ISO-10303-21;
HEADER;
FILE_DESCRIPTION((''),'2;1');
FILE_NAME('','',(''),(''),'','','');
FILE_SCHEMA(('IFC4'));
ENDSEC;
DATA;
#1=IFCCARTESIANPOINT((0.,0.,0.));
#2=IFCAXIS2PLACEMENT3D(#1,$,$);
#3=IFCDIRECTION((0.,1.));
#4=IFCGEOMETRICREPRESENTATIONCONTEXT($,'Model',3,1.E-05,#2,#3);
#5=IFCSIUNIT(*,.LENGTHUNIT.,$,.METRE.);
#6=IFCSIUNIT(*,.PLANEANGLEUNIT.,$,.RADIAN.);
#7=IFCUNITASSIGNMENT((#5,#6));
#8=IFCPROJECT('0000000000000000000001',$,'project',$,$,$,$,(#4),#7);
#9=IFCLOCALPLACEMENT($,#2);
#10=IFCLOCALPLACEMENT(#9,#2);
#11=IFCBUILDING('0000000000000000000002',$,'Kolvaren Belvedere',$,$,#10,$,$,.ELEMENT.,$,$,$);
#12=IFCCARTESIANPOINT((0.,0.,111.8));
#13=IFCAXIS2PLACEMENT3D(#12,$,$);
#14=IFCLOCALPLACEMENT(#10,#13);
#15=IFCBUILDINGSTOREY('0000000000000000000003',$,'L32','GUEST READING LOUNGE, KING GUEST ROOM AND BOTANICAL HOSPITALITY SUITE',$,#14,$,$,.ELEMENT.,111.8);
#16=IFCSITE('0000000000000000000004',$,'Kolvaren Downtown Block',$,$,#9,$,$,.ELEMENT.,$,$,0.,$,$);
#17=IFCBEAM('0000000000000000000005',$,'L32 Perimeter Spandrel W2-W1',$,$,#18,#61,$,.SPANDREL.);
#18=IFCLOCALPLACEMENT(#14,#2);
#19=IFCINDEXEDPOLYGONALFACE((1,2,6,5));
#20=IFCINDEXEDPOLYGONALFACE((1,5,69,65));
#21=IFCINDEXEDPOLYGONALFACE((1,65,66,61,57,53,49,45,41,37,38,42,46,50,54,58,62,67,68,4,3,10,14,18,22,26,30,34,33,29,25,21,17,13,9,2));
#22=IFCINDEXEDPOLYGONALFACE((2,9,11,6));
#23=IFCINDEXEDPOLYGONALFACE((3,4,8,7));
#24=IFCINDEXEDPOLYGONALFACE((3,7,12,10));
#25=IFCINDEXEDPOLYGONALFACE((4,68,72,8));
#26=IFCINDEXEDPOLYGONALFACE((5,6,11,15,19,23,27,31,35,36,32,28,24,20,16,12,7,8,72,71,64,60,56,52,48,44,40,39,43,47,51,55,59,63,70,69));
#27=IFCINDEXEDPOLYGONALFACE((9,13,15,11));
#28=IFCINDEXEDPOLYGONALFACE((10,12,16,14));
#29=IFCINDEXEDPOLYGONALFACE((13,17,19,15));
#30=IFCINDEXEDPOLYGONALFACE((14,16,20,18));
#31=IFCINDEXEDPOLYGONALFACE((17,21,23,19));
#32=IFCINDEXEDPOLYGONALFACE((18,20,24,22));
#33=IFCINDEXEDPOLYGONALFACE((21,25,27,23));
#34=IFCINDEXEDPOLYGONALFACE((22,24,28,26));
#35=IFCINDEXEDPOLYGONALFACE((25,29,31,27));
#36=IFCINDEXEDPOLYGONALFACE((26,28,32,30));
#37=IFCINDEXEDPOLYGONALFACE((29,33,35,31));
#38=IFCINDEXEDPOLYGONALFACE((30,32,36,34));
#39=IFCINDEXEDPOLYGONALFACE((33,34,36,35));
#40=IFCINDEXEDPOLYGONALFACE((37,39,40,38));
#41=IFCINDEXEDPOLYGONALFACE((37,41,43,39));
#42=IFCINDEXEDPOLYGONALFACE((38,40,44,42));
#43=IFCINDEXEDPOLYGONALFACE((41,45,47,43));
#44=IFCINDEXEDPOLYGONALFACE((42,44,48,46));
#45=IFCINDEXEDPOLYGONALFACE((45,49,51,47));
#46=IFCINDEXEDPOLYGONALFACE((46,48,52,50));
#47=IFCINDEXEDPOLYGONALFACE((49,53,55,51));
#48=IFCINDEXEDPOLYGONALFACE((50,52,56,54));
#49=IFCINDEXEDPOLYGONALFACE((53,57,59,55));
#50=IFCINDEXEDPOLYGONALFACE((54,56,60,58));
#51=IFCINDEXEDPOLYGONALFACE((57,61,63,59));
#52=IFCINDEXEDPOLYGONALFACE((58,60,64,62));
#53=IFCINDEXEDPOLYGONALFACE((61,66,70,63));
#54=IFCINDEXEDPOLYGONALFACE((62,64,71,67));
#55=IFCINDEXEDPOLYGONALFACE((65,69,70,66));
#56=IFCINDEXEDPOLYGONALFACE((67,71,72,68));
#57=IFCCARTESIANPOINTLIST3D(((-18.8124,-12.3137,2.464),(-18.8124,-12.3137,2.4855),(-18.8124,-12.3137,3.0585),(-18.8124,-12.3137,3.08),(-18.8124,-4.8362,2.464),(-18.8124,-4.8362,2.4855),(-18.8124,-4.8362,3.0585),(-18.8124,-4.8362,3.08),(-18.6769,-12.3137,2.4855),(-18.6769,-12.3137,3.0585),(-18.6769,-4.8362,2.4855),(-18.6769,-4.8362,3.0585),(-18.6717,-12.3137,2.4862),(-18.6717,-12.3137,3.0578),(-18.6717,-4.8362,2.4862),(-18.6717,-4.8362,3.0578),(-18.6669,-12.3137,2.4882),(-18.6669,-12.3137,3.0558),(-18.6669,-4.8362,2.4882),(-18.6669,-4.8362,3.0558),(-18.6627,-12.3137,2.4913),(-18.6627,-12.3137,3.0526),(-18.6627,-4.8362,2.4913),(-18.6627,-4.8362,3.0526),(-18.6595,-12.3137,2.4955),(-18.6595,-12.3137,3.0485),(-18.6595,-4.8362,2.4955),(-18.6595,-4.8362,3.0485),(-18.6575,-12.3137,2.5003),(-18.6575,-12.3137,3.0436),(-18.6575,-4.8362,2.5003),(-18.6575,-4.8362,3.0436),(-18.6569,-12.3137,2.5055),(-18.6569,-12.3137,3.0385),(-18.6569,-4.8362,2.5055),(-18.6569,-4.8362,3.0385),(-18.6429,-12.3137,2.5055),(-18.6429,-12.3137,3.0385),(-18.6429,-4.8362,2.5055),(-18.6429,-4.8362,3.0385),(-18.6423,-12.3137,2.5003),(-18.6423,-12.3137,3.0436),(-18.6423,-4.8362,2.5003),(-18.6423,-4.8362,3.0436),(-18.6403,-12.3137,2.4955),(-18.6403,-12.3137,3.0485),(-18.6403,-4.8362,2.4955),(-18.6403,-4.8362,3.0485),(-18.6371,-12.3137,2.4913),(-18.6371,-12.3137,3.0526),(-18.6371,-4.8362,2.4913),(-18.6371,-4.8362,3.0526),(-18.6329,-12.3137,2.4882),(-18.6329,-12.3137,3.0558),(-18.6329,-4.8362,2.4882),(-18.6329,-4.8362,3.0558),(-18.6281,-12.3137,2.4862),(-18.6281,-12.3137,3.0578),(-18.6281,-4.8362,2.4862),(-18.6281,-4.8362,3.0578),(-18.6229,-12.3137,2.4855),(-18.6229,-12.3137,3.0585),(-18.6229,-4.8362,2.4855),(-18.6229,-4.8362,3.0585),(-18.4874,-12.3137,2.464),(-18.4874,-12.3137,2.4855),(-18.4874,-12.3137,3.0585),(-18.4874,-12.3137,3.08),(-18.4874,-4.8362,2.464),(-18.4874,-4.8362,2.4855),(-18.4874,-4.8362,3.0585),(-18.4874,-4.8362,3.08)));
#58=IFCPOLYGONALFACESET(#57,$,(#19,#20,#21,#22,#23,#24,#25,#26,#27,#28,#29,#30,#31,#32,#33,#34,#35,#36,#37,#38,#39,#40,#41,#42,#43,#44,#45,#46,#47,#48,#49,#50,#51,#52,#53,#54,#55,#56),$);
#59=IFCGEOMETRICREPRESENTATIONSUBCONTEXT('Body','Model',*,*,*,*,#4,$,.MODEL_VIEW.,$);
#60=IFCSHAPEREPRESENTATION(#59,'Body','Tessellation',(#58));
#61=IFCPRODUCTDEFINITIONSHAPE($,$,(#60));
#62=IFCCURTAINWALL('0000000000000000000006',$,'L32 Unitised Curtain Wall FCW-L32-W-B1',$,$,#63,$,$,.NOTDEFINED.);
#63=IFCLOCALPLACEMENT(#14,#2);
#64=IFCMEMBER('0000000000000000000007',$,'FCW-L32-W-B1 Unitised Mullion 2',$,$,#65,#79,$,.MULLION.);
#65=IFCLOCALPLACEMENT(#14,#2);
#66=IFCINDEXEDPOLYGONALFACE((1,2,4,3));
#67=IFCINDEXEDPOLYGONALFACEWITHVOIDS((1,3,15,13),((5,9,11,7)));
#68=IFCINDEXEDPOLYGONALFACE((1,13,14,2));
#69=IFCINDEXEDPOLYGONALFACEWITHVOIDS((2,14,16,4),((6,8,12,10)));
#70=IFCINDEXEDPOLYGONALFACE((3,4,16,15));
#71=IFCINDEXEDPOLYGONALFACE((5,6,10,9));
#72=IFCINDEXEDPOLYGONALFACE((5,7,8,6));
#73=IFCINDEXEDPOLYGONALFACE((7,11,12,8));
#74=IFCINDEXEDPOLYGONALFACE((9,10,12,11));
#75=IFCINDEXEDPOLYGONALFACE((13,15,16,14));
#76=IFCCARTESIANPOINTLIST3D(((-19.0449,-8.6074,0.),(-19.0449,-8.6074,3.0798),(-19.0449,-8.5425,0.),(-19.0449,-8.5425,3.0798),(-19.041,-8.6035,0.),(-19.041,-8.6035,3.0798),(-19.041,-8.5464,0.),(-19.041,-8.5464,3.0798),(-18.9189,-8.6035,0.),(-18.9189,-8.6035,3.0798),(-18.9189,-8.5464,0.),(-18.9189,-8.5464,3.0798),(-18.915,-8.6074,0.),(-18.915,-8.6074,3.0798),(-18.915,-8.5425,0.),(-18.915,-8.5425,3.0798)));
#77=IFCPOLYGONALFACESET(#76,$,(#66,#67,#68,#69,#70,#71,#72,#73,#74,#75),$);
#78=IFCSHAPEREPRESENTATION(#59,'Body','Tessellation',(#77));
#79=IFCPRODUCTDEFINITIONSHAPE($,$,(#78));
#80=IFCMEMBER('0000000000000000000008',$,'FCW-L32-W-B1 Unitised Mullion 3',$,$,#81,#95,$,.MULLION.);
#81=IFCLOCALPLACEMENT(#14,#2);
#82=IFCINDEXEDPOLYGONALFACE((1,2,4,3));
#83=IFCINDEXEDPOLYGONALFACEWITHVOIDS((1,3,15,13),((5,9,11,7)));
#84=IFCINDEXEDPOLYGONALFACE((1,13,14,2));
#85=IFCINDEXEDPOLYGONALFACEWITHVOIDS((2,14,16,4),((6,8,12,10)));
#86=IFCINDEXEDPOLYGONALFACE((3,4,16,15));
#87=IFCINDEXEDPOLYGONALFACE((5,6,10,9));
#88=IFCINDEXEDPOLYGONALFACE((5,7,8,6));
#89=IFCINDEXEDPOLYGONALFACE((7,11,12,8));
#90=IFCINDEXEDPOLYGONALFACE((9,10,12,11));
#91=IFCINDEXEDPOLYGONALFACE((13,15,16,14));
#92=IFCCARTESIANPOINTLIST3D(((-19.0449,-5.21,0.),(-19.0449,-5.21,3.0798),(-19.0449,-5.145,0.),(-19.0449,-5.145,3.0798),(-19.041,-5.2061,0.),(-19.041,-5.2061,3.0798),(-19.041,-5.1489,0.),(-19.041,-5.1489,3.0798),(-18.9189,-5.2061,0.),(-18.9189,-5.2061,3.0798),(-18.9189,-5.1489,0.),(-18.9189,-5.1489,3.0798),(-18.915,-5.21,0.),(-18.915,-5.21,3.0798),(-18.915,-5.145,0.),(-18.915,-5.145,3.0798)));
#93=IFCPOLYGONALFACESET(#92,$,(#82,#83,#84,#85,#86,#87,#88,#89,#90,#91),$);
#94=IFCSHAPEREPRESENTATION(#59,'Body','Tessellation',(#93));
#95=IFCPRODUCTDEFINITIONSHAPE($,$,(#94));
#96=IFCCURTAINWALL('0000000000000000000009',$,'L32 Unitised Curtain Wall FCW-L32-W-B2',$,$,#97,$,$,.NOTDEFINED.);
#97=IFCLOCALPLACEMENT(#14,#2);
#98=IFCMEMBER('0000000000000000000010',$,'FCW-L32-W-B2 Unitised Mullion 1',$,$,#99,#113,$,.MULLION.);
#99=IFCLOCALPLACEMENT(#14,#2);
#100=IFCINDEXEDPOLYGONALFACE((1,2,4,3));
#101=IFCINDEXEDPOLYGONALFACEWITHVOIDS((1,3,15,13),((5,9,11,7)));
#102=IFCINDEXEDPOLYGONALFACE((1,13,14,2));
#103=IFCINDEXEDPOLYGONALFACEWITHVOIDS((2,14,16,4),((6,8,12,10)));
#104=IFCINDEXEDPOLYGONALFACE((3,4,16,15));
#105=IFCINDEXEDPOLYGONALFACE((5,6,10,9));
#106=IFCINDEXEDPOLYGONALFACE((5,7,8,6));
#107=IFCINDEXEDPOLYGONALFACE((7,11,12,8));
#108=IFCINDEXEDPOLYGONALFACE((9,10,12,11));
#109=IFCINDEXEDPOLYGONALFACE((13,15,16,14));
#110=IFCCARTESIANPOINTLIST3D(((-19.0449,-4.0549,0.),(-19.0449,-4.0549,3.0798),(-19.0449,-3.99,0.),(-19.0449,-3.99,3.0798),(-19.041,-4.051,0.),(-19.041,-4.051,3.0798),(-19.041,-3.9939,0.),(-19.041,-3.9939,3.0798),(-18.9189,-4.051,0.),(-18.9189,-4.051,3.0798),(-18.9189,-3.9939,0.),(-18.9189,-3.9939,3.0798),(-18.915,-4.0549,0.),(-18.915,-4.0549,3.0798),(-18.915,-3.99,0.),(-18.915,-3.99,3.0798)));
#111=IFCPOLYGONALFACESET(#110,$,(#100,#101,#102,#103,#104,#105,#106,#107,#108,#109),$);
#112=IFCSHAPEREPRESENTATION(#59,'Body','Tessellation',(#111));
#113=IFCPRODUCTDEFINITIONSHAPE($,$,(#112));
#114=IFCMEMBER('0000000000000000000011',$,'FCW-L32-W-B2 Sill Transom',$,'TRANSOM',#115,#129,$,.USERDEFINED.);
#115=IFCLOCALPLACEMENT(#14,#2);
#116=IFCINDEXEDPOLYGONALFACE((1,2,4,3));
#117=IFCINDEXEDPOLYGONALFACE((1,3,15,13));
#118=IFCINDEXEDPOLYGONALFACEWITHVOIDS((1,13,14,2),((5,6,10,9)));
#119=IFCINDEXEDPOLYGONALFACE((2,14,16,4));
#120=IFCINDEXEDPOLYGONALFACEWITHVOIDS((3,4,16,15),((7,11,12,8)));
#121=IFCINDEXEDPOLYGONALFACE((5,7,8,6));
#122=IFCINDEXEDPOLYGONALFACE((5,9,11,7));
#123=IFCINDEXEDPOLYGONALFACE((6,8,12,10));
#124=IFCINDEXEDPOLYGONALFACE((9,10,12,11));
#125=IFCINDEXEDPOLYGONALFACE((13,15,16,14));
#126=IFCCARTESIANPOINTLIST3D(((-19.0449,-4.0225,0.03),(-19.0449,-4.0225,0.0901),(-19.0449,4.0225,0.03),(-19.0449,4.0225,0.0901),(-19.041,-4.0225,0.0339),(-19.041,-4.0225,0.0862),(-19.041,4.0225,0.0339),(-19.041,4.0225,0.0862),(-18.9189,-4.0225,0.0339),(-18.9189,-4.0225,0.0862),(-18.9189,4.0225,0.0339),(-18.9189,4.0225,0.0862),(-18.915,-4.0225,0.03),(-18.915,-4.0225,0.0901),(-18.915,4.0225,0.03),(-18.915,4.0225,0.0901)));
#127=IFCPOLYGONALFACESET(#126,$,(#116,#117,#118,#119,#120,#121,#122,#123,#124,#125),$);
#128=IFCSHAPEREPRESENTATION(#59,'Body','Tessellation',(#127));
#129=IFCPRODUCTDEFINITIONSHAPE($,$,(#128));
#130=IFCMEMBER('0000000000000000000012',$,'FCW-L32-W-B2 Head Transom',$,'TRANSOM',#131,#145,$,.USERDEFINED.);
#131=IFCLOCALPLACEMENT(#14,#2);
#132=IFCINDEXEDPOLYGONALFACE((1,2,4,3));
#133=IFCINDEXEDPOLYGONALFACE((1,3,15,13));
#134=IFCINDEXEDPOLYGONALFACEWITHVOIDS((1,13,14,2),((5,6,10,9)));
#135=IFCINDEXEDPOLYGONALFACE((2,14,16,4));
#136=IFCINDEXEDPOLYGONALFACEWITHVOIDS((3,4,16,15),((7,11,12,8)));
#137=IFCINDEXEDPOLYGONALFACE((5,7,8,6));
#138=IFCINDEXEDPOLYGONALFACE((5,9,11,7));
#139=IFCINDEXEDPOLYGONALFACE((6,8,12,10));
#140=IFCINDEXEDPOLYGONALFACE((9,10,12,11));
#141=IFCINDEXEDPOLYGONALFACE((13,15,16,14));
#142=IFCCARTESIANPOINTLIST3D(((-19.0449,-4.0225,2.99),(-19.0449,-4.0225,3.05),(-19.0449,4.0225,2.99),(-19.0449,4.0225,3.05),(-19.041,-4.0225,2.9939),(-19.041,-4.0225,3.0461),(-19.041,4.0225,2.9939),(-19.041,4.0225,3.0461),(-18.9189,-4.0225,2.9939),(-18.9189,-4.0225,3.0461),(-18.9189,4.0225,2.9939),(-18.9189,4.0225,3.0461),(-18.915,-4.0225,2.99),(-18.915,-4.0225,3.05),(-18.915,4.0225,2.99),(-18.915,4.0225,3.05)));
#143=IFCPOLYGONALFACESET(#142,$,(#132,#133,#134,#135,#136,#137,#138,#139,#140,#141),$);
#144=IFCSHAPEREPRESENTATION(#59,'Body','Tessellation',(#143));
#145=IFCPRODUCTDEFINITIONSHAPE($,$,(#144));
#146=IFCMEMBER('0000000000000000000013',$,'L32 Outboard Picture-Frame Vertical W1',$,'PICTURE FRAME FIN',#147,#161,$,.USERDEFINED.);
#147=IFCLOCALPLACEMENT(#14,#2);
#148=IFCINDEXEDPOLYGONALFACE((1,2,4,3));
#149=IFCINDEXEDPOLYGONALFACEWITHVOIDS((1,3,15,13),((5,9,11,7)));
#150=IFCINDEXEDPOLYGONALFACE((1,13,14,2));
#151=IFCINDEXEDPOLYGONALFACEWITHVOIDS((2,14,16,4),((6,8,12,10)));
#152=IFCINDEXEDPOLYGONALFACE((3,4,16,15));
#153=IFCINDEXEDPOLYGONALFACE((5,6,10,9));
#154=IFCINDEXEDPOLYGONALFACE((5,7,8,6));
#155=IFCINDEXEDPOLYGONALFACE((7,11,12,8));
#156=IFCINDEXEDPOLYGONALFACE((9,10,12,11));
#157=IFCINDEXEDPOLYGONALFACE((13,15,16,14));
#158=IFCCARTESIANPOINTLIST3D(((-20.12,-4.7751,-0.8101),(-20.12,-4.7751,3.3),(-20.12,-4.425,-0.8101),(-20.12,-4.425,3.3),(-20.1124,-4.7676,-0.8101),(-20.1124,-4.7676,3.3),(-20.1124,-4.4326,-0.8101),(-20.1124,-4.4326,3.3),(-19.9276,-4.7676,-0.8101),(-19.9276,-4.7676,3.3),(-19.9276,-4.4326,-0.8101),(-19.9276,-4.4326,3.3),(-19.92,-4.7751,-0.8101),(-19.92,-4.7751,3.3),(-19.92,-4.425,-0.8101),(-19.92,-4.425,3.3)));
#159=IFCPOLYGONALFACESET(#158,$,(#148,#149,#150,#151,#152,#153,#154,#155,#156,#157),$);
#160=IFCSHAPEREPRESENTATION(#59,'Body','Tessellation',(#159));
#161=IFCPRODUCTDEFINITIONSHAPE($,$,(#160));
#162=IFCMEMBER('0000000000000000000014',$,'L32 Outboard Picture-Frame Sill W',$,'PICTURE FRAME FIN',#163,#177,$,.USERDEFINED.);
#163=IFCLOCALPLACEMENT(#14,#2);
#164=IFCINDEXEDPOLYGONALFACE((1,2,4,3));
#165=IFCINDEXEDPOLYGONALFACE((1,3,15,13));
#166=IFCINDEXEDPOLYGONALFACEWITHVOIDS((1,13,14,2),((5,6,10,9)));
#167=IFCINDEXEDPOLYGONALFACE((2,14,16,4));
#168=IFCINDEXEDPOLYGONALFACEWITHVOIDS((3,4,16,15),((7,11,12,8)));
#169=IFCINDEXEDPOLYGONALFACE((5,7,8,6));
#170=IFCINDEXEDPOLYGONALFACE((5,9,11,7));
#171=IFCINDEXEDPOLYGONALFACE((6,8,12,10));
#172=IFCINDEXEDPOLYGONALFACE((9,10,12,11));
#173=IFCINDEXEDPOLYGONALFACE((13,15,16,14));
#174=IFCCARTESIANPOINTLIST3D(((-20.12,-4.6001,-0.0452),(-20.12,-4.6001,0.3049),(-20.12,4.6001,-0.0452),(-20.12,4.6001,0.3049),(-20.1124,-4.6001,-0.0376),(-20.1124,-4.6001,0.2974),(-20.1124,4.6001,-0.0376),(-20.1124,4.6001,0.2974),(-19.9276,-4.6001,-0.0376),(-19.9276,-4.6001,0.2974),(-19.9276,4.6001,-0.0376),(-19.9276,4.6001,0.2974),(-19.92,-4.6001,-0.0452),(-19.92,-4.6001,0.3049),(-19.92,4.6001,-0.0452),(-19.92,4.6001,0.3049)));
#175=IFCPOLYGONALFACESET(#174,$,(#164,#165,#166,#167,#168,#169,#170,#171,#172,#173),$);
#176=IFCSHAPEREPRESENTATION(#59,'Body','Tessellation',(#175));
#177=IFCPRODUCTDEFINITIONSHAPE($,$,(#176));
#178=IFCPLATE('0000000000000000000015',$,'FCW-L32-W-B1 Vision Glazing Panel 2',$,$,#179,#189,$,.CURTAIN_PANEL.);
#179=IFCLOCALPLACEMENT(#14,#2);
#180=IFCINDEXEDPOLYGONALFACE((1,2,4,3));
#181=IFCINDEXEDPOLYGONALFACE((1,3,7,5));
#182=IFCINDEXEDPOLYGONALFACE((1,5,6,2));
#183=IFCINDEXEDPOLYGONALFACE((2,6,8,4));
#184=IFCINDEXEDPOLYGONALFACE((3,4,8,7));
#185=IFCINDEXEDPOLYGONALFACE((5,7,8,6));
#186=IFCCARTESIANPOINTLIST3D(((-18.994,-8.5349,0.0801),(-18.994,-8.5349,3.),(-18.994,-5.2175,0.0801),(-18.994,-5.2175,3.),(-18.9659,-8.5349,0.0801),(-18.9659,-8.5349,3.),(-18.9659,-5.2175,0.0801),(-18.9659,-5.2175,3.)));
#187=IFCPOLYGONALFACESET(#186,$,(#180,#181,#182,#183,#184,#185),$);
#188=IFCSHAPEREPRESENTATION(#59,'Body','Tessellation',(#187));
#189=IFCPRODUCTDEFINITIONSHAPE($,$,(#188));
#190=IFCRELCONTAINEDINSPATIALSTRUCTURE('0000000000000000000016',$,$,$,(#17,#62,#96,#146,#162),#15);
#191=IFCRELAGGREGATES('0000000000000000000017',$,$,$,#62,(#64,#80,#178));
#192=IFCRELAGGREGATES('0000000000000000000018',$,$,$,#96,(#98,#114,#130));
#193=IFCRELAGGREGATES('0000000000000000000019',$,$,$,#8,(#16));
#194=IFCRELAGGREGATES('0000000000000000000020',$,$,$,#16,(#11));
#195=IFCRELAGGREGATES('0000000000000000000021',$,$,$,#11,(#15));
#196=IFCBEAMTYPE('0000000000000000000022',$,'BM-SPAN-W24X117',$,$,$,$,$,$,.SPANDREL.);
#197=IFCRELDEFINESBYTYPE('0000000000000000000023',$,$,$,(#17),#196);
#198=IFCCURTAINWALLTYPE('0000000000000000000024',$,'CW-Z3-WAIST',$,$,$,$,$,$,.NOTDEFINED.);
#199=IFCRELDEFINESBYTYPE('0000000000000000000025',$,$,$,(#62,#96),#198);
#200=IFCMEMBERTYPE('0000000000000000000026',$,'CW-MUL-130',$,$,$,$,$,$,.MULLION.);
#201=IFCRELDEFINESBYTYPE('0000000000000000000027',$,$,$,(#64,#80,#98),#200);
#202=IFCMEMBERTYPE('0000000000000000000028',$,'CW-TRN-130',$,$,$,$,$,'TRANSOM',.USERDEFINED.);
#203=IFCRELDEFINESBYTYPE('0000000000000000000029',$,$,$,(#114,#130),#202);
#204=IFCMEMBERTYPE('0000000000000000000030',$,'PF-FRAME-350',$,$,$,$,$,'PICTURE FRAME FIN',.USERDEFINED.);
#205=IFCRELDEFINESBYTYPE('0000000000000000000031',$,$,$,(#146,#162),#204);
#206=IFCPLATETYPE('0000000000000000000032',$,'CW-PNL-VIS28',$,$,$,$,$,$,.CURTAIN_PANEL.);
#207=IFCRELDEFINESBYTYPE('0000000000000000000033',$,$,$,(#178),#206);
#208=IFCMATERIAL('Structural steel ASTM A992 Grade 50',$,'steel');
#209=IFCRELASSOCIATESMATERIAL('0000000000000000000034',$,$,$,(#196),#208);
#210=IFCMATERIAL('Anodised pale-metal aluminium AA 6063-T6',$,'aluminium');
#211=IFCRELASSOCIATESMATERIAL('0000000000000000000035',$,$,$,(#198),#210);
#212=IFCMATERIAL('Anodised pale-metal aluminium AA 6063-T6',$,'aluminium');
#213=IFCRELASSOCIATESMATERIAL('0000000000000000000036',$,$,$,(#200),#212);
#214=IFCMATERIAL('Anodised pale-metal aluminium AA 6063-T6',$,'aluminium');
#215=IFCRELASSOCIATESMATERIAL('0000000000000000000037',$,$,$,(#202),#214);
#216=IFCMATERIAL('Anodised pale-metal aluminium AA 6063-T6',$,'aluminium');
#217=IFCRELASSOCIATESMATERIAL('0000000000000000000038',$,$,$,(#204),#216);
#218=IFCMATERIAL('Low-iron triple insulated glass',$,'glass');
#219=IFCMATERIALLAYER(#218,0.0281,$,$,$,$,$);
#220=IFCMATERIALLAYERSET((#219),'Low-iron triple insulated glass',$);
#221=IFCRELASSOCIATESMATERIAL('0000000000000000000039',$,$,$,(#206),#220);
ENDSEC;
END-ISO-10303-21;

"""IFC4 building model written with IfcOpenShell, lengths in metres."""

from ifc_helpers import new_model, si_unit, direction, frame, origin, origin_2d, place, context, subcontext, project, spatial, rectangle, hollow_rectangle, i_section, extrude, material, layer, layer_set, material_profile, profile_set, type_object, element, aggregate, save


model = new_model("IFC4")

# Units and contexts
model_context = context("Model", 3, precision=1e-05, world=origin(), true_north=direction((0.0, 1.0)))
body_context = subcontext(model_context, "Body", "Model", "MODEL_VIEW")
ifc_project = project(units=[si_unit("LENGTHUNIT", "METRE"), si_unit("PLANEANGLEUNIT", "RADIAN")], contexts=[model_context])

# Site, building, storey
site_placement = place(None, origin())
site = spatial("IfcSite", under=ifc_project, at=site_placement, Name="Kolvaren Downtown Block", CompositionType="ELEMENT", RefElevation=0.0)
building_placement = place(site_placement, origin())
building = spatial("IfcBuilding", under=site, at=building_placement, Name="Kolvaren Belvedere", CompositionType="ELEMENT")
storey_placement = place(building_placement, frame((0.0, 0.0, 111.8)))
storey = spatial("IfcBuildingStorey", under=building, at=storey_placement, Name="L32", Description="GUEST READING LOUNGE, KING GUEST ROOM AND BOTANICAL HOSPITALITY SUITE", CompositionType="ELEMENT", Elevation=111.8)

# Beam
ifc_material_1 = material(Name="Structural steel ASTM A992 Grade 50", Category="steel")
ifc_material_profile_1 = material_profile(ifc_material_1, i_section(OverallWidth=0.325, OverallDepth=0.616, WebThickness=0.0139, FlangeThickness=0.0215, FilletRadius=0.02, at=origin_2d()), Name="W24X117")
ifc_profile_set_1 = profile_set([ifc_material_profile_1], Name="Structural steel ASTM A992 Grade 50")
beam_type_1 = type_object("IfcBeamType", Name="BM-SPAN-W24X117", PredefinedType="SPANDREL", material=ifc_profile_set_1)
beam_1_placement = place(storey_placement, frame((-18.6499, -4.8362, 2.772), z_axis=(0.0, -1.0, 0.0), x_axis=(1.0, 0.0, 0.0)))
element("IfcBeam", 1, at=beam_1_placement, inside=storey, type_object=beam_type_1, Name="L32 Perimeter Spandrel W2-W1", PredefinedType="SPANDREL", context=body_context, shape_type="SweptSolid", body=[
    extrude(i_section(OverallWidth=0.325, OverallDepth=0.616, WebThickness=0.0139, FlangeThickness=0.0215, FilletRadius=0.02, at=origin_2d()), origin(), (0.0, 0.0, 1.0), 7.4775),
])

# Curtain walls, members
ifc_material_2 = material(Name="Anodised pale-metal aluminium AA 6063-T6", Category="aluminium")
curtain_wall_type = type_object("IfcCurtainWallType", Name="CW-Z3-WAIST", PredefinedType="NOTDEFINED", material=ifc_material_2)
curtain_wall_1_placement = place(storey_placement, origin())
curtain_wall_1 = element("IfcCurtainWall", 2, at=curtain_wall_1_placement, inside=storey, type_object=curtain_wall_type, Name="L32 Unitised Curtain Wall FCW-L32-W-B1", PredefinedType="NOTDEFINED")
ifc_material_3 = material(Name="Anodised pale-metal aluminium AA 6063-T6", Category="aluminium")
ifc_material_profile_2 = material_profile(ifc_material_3, hollow_rectangle(XDim=0.0649, YDim=0.1299, WallThickness=0.0039, at=origin_2d()), Name="ALU-MUL-130X65")
ifc_profile_set_2 = profile_set([ifc_material_profile_2], Name="Anodised pale-metal aluminium AA 6063-T6")
member_type_1 = type_object("IfcMemberType", Name="CW-MUL-130", PredefinedType="MULLION", material=ifc_profile_set_2)
member_1_placement = place(storey_placement, frame((-18.98, -8.575, 0.0), z_axis=(0.0, 0.0, 1.0), x_axis=(0.0, 1.0, 0.0)))
member_1 = element("IfcMember", 3, at=member_1_placement, type_object=member_type_1, Name="FCW-L32-W-B1 Unitised Mullion 2", PredefinedType="MULLION", context=body_context, shape_type="SweptSolid", body=[
    extrude(hollow_rectangle(XDim=0.0649, YDim=0.1299, WallThickness=0.0039, at=origin_2d()), origin(), (0.0, 0.0, 1.0), 3.0798),
])
member_2_placement = place(storey_placement, frame((-18.98, -5.1775, 0.0), z_axis=(0.0, 0.0, 1.0), x_axis=(0.0, 1.0, 0.0)))
member_2 = element("IfcMember", 4, at=member_2_placement, type_object=member_type_1, Name="FCW-L32-W-B1 Unitised Mullion 3", PredefinedType="MULLION", context=body_context, shape_type="SweptSolid", body=[
    extrude(hollow_rectangle(XDim=0.0649, YDim=0.1299, WallThickness=0.0039, at=origin_2d()), origin(), (0.0, 0.0, 1.0), 3.0798),
])
curtain_wall_2_placement = place(storey_placement, origin())
curtain_wall_2 = element("IfcCurtainWall", 5, at=curtain_wall_2_placement, inside=storey, type_object=curtain_wall_type, Name="L32 Unitised Curtain Wall FCW-L32-W-B2", PredefinedType="NOTDEFINED")
member_3_placement = place(storey_placement, frame((-18.98, -4.0225, 0.0), z_axis=(0.0, 0.0, 1.0), x_axis=(0.0, 1.0, 0.0)))
member_3 = element("IfcMember", 6, at=member_3_placement, type_object=member_type_1, Name="FCW-L32-W-B2 Unitised Mullion 1", PredefinedType="MULLION", context=body_context, shape_type="SweptSolid", body=[
    extrude(hollow_rectangle(XDim=0.0649, YDim=0.1299, WallThickness=0.0039, at=origin_2d()), origin(), (0.0, 0.0, 1.0), 3.0798),
])
ifc_material_4 = material(Name="Anodised pale-metal aluminium AA 6063-T6", Category="aluminium")
ifc_material_profile_3 = material_profile(ifc_material_4, hollow_rectangle(XDim=0.0601, YDim=0.1299, WallThickness=0.0039, at=origin_2d()), Name="ALU-TRN-130X60")
ifc_profile_set_3 = profile_set([ifc_material_profile_3], Name="Anodised pale-metal aluminium AA 6063-T6")
member_type_2 = type_object("IfcMemberType", Name="CW-TRN-130", ElementType="TRANSOM", PredefinedType="USERDEFINED", material=ifc_profile_set_3)
member_4_placement = place(storey_placement, frame((-18.98, -4.0225, 0.0601), z_axis=(0.0, 1.0, 0.0), x_axis=(0.0, 0.0, 1.0)))
member_4 = element("IfcMember", 7, at=member_4_placement, type_object=member_type_2, Name="FCW-L32-W-B2 Sill Transom", ObjectType="TRANSOM", PredefinedType="USERDEFINED", context=body_context, shape_type="SweptSolid", body=[
    extrude(hollow_rectangle(XDim=0.0601, YDim=0.1299, WallThickness=0.0039, at=origin_2d()), origin(), (0.0, 0.0, 1.0), 8.0449),
])
member_5_placement = place(storey_placement, frame((-18.98, -4.0225, 3.02), z_axis=(0.0, 1.0, 0.0), x_axis=(0.0, 0.0, 1.0)))
member_5 = element("IfcMember", 8, at=member_5_placement, type_object=member_type_2, Name="FCW-L32-W-B2 Head Transom", ObjectType="TRANSOM", PredefinedType="USERDEFINED", context=body_context, shape_type="SweptSolid", body=[
    extrude(hollow_rectangle(XDim=0.0601, YDim=0.1299, WallThickness=0.0039, at=origin_2d()), origin(), (0.0, 0.0, 1.0), 8.0449),
])

# Members
ifc_material_5 = material(Name="Anodised pale-metal aluminium AA 6063-T6", Category="aluminium")
ifc_material_profile_4 = material_profile(ifc_material_5, hollow_rectangle(XDim=0.2, YDim=0.3501, WallThickness=0.0076, at=origin_2d()), Name="ALU-PF-350X200")
ifc_profile_set_4 = profile_set([ifc_material_profile_4], Name="Anodised pale-metal aluminium AA 6063-T6")
member_type_3 = type_object("IfcMemberType", Name="PF-FRAME-350", ElementType="PICTURE FRAME FIN", PredefinedType="USERDEFINED", material=ifc_profile_set_4)
member_6_placement = place(storey_placement, frame((-20.02, -4.6001, -0.8101), z_axis=(0.0, 0.0, 1.0), x_axis=(1.0, 0.0, 0.0)))
element("IfcMember", 9, at=member_6_placement, inside=storey, type_object=member_type_3, Name="L32 Outboard Picture-Frame Vertical W1", ObjectType="PICTURE FRAME FIN", PredefinedType="USERDEFINED", context=body_context, shape_type="SweptSolid", body=[
    extrude(hollow_rectangle(XDim=0.2, YDim=0.3501, WallThickness=0.0076, at=origin_2d()), origin(), (0.0, 0.0, 1.0), 4.1101),
])
member_7_placement = place(storey_placement, frame((-20.02, -4.6001, 0.1299), z_axis=(0.0, 1.0, 0.0), x_axis=(-1.0, 0.0, 0.0)))
element("IfcMember", 10, at=member_7_placement, inside=storey, type_object=member_type_3, Name="L32 Outboard Picture-Frame Sill W", ObjectType="PICTURE FRAME FIN", PredefinedType="USERDEFINED", context=body_context, shape_type="SweptSolid", body=[
    extrude(hollow_rectangle(XDim=0.2, YDim=0.3501, WallThickness=0.0076, at=origin_2d()), origin(), (0.0, 0.0, 1.0), 9.2002),
])

# Plate
ifc_material_6 = material(Name="Low-iron triple insulated glass", Category="glass")
ifc_layer_1 = layer(ifc_material_6, 0.0281)
ifc_layer_set_1 = layer_set([ifc_layer_1], Name="Low-iron triple insulated glass")
plate_type_1 = type_object("IfcPlateType", Name="CW-PNL-VIS28", PredefinedType="CURTAIN_PANEL", material=ifc_layer_set_1)
plate_1_placement = place(storey_placement, frame((-18.98, -6.8762, 0.0801), z_axis=(0.0, 0.0, 1.0), x_axis=(0.0, 1.0, 0.0)))
plate_1 = element("IfcPlate", 11, at=plate_1_placement, type_object=plate_type_1, Name="FCW-L32-W-B1 Vision Glazing Panel 2", PredefinedType="CURTAIN_PANEL", context=body_context, shape_type="SweptSolid", body=[
    extrude(rectangle(XDim=3.3174, YDim=0.0281, at=origin_2d()), origin(), (0.0, 0.0, 1.0), 2.9199),
])
aggregate(curtain_wall_1, [member_1, member_2, plate_1])
aggregate(curtain_wall_2, [member_3, member_4, member_5])

save(model, "model.ifc")
